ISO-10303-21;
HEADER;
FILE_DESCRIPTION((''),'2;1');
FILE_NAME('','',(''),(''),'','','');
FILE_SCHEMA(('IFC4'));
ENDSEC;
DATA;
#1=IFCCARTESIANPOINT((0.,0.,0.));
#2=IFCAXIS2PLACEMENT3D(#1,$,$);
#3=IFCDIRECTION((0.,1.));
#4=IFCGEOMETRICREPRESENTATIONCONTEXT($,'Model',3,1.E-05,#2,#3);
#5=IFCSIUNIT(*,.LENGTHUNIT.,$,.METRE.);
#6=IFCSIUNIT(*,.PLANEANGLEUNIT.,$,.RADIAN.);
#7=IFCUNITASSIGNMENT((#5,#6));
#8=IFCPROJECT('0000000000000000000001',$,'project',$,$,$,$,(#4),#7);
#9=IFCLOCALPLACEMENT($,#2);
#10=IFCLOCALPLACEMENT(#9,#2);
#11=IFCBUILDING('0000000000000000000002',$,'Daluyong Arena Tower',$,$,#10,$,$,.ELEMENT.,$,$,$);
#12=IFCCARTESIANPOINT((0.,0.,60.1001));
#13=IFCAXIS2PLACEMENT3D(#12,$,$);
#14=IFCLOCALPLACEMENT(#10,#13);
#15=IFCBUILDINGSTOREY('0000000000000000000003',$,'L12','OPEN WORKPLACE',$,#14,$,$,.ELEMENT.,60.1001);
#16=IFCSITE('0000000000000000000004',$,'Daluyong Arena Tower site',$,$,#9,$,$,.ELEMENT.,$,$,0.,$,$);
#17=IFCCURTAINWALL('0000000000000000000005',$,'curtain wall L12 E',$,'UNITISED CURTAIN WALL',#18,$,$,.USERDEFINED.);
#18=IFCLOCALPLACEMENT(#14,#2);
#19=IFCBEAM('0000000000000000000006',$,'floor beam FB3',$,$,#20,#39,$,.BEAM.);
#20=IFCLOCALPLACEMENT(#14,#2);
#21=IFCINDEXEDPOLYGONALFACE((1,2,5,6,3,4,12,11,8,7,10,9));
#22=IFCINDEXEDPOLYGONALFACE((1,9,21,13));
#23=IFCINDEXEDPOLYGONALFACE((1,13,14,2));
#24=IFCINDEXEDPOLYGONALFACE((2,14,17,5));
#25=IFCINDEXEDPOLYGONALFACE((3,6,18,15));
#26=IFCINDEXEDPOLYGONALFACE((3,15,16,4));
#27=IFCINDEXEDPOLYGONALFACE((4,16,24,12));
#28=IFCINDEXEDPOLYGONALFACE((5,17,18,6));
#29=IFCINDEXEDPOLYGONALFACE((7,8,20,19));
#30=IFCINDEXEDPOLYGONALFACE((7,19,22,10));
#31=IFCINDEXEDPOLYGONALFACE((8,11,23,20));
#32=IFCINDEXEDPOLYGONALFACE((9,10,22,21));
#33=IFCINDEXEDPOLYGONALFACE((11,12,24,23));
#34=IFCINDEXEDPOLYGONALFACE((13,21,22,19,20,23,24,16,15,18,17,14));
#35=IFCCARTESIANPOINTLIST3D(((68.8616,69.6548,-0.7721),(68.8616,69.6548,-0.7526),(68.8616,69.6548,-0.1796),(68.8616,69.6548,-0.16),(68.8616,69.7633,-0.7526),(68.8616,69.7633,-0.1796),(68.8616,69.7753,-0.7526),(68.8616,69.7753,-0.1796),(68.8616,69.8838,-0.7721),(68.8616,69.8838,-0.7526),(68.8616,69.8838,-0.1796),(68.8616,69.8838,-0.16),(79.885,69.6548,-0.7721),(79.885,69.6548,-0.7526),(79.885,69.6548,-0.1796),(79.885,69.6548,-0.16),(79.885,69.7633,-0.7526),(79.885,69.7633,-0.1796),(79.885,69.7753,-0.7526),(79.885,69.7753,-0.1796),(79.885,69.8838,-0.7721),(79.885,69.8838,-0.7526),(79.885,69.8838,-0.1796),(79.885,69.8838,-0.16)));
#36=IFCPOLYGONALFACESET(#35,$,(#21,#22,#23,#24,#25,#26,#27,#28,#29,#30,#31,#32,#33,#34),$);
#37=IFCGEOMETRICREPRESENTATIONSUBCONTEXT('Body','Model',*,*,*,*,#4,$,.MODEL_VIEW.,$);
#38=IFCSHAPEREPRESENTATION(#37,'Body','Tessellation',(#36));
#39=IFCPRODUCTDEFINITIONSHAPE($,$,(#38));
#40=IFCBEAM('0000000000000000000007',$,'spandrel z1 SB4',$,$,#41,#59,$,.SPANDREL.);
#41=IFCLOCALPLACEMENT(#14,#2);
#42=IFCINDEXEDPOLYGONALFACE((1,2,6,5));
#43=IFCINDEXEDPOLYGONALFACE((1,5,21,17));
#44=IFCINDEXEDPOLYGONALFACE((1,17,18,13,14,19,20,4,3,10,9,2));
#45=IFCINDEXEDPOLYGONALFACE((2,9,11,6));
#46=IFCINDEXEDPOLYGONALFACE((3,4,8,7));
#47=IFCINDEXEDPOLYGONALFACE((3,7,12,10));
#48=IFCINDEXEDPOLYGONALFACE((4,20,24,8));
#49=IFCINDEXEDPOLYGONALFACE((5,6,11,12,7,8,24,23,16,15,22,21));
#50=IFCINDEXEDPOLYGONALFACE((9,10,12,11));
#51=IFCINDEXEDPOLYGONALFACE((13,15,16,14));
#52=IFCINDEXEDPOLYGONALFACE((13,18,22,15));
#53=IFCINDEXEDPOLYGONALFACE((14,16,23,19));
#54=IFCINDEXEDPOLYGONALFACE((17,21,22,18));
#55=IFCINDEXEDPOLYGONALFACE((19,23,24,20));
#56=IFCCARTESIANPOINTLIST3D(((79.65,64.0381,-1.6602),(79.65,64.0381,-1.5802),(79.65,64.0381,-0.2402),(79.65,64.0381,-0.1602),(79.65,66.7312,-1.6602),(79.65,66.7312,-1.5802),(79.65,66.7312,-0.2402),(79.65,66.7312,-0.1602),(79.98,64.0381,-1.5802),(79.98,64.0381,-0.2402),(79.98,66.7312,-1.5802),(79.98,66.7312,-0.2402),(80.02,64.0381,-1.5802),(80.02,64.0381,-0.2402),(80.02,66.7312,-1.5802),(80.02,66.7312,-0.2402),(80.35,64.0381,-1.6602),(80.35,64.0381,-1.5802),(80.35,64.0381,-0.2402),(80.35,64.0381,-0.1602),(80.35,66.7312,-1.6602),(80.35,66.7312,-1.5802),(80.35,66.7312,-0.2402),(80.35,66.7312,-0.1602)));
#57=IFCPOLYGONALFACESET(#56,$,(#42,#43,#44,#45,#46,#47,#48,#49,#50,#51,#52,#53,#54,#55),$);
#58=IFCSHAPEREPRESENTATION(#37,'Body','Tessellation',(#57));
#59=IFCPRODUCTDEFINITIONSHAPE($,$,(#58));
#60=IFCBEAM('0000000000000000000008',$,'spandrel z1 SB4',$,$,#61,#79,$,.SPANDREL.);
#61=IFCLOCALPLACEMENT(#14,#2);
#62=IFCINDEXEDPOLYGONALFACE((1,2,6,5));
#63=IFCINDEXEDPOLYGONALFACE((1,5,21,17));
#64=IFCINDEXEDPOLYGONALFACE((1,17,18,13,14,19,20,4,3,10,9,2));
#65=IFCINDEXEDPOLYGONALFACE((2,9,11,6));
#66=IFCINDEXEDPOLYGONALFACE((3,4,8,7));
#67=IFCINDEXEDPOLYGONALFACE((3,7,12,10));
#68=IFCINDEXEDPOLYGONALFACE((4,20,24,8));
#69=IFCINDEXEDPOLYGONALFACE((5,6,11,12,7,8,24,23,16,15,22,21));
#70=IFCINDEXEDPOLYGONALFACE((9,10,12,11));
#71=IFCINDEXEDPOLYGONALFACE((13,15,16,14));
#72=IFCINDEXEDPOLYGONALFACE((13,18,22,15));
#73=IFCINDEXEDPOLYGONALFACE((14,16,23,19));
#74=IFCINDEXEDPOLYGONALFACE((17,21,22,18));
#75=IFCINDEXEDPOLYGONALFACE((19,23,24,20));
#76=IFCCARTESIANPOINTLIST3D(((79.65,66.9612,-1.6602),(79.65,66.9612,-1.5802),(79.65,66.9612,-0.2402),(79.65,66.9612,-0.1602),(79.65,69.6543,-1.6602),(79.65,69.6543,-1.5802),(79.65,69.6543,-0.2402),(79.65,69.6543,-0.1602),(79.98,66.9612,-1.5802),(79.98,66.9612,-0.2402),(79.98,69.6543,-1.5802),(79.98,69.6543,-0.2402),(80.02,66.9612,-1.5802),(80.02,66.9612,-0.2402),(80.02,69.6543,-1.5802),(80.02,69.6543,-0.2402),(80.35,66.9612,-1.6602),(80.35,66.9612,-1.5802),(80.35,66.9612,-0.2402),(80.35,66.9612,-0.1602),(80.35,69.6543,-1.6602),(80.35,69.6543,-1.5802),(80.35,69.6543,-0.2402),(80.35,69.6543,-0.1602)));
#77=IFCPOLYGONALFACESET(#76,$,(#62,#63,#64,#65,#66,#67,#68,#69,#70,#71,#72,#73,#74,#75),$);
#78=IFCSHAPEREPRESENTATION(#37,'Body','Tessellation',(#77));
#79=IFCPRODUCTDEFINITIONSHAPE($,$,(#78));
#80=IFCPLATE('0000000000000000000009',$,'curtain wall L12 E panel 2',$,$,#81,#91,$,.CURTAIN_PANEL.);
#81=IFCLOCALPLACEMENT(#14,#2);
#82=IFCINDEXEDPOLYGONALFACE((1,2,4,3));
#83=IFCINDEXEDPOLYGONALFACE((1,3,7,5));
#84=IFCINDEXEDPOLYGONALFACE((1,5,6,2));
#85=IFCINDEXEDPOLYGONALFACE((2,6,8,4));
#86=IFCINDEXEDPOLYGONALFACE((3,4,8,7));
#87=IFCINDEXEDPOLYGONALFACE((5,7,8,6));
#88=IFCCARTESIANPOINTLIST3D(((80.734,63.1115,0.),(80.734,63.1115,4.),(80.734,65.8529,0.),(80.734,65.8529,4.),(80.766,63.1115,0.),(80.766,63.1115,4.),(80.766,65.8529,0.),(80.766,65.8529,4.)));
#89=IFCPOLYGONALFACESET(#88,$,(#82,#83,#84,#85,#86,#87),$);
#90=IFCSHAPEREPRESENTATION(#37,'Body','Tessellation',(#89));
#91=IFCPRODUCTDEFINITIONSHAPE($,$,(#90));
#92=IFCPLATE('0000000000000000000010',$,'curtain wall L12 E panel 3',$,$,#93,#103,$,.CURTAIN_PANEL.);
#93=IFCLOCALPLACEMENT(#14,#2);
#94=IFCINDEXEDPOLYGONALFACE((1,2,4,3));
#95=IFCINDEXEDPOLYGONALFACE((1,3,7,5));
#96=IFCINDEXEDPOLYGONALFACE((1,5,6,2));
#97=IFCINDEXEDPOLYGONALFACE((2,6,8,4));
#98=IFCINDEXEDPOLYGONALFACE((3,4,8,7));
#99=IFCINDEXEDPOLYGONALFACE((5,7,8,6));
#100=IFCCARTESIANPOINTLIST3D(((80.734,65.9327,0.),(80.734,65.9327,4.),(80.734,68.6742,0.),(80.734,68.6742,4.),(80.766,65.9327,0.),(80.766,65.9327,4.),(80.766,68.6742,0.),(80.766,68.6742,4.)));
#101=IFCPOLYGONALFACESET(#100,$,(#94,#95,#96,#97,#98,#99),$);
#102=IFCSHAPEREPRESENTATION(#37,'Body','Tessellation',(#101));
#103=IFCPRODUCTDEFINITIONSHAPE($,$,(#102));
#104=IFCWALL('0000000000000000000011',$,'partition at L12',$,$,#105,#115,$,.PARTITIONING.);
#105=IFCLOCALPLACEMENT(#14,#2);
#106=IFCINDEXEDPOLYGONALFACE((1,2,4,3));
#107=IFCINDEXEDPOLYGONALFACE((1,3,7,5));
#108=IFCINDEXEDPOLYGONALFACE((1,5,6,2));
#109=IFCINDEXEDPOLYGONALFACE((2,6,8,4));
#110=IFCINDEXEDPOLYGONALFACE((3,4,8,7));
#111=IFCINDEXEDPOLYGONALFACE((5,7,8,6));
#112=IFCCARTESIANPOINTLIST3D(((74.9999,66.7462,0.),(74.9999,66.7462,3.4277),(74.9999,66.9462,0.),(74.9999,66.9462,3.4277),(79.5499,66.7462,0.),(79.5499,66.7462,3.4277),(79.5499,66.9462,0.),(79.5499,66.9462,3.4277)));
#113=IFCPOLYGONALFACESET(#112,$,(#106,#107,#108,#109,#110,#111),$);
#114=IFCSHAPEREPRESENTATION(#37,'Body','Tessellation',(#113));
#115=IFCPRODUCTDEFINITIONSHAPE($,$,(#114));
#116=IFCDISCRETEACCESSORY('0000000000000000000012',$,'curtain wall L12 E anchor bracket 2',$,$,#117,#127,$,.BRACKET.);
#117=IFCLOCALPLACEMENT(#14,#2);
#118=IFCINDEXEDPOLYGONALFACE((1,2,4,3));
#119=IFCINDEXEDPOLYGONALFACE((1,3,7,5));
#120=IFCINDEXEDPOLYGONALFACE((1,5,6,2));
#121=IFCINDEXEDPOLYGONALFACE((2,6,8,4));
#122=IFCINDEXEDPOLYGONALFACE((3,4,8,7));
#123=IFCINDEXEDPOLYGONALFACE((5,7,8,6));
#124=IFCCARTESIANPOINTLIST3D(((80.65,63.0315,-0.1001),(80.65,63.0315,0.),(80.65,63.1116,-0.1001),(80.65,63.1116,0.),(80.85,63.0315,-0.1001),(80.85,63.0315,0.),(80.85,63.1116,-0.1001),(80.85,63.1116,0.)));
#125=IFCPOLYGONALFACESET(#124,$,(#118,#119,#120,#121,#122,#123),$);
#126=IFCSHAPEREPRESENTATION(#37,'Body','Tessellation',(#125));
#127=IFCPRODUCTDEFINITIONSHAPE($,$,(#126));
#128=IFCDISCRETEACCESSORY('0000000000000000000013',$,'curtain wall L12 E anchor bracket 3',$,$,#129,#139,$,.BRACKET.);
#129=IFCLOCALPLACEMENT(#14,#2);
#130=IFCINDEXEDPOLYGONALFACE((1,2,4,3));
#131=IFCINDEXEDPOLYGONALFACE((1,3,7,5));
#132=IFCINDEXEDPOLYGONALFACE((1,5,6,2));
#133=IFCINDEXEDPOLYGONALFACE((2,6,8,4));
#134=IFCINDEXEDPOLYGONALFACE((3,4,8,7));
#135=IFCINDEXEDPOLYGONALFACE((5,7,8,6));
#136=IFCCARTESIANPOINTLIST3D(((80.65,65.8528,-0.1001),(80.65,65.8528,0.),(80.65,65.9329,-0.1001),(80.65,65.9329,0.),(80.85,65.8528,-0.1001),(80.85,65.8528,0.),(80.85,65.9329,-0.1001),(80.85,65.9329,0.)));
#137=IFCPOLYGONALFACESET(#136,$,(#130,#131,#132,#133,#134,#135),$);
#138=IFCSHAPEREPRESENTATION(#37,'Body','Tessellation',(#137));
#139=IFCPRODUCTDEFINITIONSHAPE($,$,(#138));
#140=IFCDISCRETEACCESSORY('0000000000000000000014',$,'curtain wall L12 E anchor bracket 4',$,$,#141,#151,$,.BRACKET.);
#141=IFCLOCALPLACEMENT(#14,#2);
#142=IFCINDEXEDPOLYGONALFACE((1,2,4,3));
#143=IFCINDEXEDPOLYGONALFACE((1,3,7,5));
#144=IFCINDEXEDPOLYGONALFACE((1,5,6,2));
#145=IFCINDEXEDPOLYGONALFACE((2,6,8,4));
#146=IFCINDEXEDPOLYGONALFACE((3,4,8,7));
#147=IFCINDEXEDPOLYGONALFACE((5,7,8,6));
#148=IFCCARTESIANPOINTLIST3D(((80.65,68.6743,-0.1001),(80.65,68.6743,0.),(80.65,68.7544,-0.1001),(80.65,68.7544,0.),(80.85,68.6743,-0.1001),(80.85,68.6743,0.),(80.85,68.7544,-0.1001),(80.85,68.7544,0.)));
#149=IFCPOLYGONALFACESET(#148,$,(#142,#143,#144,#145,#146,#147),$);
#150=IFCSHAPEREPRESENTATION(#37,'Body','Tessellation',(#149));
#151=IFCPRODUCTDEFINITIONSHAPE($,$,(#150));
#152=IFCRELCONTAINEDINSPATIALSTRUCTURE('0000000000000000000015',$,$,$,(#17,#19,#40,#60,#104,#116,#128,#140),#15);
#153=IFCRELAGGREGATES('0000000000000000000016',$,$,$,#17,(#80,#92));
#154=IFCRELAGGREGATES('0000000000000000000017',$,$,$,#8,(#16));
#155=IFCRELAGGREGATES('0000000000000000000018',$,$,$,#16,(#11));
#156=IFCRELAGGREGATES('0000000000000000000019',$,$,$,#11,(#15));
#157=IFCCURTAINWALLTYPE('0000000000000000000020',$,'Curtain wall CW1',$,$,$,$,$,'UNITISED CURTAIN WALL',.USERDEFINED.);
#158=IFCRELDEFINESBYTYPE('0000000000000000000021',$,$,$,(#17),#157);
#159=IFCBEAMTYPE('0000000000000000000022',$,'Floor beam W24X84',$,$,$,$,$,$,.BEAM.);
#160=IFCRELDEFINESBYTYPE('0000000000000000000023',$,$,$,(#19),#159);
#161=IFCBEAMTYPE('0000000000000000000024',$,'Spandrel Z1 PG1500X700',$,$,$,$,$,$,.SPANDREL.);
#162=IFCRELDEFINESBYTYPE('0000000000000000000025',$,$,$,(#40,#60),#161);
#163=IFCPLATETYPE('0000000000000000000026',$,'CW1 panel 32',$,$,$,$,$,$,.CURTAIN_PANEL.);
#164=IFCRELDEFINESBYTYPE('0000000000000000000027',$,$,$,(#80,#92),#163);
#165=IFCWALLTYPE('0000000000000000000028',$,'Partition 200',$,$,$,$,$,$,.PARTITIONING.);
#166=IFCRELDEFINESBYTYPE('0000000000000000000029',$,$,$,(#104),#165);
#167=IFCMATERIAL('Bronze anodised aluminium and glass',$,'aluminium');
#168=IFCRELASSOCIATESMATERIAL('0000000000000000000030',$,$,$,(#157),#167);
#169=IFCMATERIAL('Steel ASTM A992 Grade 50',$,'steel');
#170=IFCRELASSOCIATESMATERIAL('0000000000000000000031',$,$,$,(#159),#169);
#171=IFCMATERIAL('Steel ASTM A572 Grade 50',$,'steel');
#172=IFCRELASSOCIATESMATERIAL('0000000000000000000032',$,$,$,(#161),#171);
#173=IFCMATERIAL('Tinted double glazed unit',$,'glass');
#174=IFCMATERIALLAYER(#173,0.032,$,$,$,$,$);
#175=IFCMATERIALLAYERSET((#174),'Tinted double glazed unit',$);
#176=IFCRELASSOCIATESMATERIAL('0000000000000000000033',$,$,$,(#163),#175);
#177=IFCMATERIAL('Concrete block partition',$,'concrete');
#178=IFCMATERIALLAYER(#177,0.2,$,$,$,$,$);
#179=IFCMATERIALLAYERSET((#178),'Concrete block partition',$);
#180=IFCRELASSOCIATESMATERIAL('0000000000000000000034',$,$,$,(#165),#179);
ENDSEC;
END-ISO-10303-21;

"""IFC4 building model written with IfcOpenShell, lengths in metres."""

from ifc_helpers import new_model, si_unit, direction, frame, frame_2d, origin, origin_2d, place, context, subcontext, project, spatial, rectangle, i_section, extrude, material, layer, layer_set, material_profile, profile_set, type_object, element, aggregate, save


model = new_model("IFC4")

# Units and contexts
model_context = context("Model", 3, precision=1e-05, world=origin(), true_north=direction((0.0, 1.0)))
body_context = subcontext(model_context, "Body", "Model", "MODEL_VIEW")
ifc_project = project(units=[si_unit("LENGTHUNIT", "METRE"), si_unit("PLANEANGLEUNIT", "RADIAN")], contexts=[model_context])

# Site, building, storey
site_placement = place(None, origin())
site = spatial("IfcSite", under=ifc_project, at=site_placement, Name="Daluyong Arena Tower site", CompositionType="ELEMENT", RefElevation=0.0)
building_placement = place(site_placement, origin())
building = spatial("IfcBuilding", under=site, at=building_placement, Name="Daluyong Arena Tower", CompositionType="ELEMENT")
storey_placement = place(building_placement, frame((0.0, 0.0, 60.1001)))
storey = spatial("IfcBuildingStorey", under=building, at=storey_placement, Name="L12", Description="OPEN WORKPLACE", CompositionType="ELEMENT", Elevation=60.1001)

# Curtain wall
ifc_material_1 = material(Name="Bronze anodised aluminium and glass", Category="aluminium")
curtain_wall_type = type_object("IfcCurtainWallType", Name="Curtain wall CW1", ElementType="UNITISED CURTAIN WALL", PredefinedType="USERDEFINED", material=ifc_material_1)
curtain_wall_placement = place(storey_placement, origin())
curtain_wall = element("IfcCurtainWall", 1, at=curtain_wall_placement, inside=storey, type_object=curtain_wall_type, Name="curtain wall L12 E", ObjectType="UNITISED CURTAIN WALL", PredefinedType="USERDEFINED")

# Beams
ifc_material_2 = material(Name="Steel ASTM A992 Grade 50", Category="steel")
ifc_material_profile_1 = material_profile(ifc_material_2, i_section(OverallWidth=0.229, OverallDepth=0.6121, WebThickness=0.012, FlangeThickness=0.0195, at=origin_2d()))
ifc_profile_set_1 = profile_set([ifc_material_profile_1], Name="Steel ASTM A992 Grade 50")
beam_type_1 = type_object("IfcBeamType", Name="Floor beam W24X84", PredefinedType="BEAM", material=ifc_profile_set_1)
beam_1_placement = place(storey_placement, frame((79.885, 69.7693, -0.4661), z_axis=(-1.0, 0.0, 0.0), x_axis=(0.0, -1.0, 0.0)))
element("IfcBeam", 2, at=beam_1_placement, inside=storey, type_object=beam_type_1, Name="floor beam FB3", PredefinedType="BEAM", context=body_context, shape_type="SweptSolid", body=[
    extrude(i_section(OverallWidth=0.229, OverallDepth=0.6121, WebThickness=0.012, FlangeThickness=0.0195, at=origin_2d()), origin(), (0.0, 0.0, 1.0), 11.0234),
])
ifc_material_3 = material(Name="Steel ASTM A572 Grade 50", Category="steel")
ifc_material_profile_2 = material_profile(ifc_material_3, i_section(OverallWidth=0.7, OverallDepth=1.5, WebThickness=0.04, FlangeThickness=0.08, at=origin_2d()))
ifc_profile_set_2 = profile_set([ifc_material_profile_2], Name="Steel ASTM A572 Grade 50")
beam_type_2 = type_object("IfcBeamType", Name="Spandrel Z1 PG1500X700", PredefinedType="SPANDREL", material=ifc_profile_set_2)
for number, where, z_axis, x_axis, name in (
    (3, (80.0, 64.0381, -0.9102), (0.0, 1.0, 0.0), (-1.0, 0.0, 0.0), "spandrel z1 SB4"),
    (4, (80.0, 66.9612, -0.9102), (0.0, 1.0, 0.0), (-1.0, 0.0, 0.0), "spandrel z1 SB4"),
):
    element("IfcBeam", number, at=place(storey_placement, frame(where, z_axis=z_axis, x_axis=x_axis)), inside=storey, type_object=beam_type_2, Name=name, PredefinedType="SPANDREL", context=body_context, shape_type="SweptSolid", body=[
        extrude(i_section(OverallWidth=0.7, OverallDepth=1.5, WebThickness=0.04, FlangeThickness=0.08, at=origin_2d()), origin(), (0.0, 0.0, 1.0), 2.6931),
    ])

# Plates
ifc_material_4 = material(Name="Tinted double glazed unit", Category="glass")
ifc_layer_1 = layer(ifc_material_4, 0.032)
ifc_layer_set_1 = layer_set([ifc_layer_1], Name="Tinted double glazed unit")
plate_type = type_object("IfcPlateType", Name="CW1 panel 32", PredefinedType="CURTAIN_PANEL", material=ifc_layer_set_1)
plate_1_placement = place(storey_placement, frame((80.75, 64.4822, 0.0), z_axis=(0.0, 0.0, 1.0), x_axis=(0.0, 1.0, 0.0)))
plate_1 = element("IfcPlate", 5, at=plate_1_placement, type_object=plate_type, Name="curtain wall L12 E panel 2", PredefinedType="CURTAIN_PANEL", context=body_context, shape_type="SweptSolid", body=[
    extrude(rectangle(XDim=2.7415, YDim=0.032, at=origin_2d()), origin(), (0.0, 0.0, 1.0), 4.0),
])
plate_2_placement = place(storey_placement, frame((80.75, 67.3035, 0.0), z_axis=(0.0, 0.0, 1.0), x_axis=(0.0, 1.0, 0.0)))
plate_2 = element("IfcPlate", 6, at=plate_2_placement, type_object=plate_type, Name="curtain wall L12 E panel 3", PredefinedType="CURTAIN_PANEL", context=body_context, shape_type="SweptSolid", body=[
    extrude(rectangle(XDim=2.7415, YDim=0.032, at=origin_2d()), origin(), (0.0, 0.0, 1.0), 4.0),
])
aggregate(curtain_wall, [plate_1, plate_2])

# Wall
ifc_material_5 = material(Name="Concrete block partition", Category="concrete")
ifc_layer_2 = layer(ifc_material_5, 0.2)
ifc_layer_set_2 = layer_set([ifc_layer_2], Name="Concrete block partition")
wall_type = type_object("IfcWallType", Name="Partition 200", PredefinedType="PARTITIONING", material=ifc_layer_set_2)
wall_placement = place(storey_placement, frame((75.0, 66.8462, 0.0), z_axis=(0.0, 0.0, 1.0), x_axis=(1.0, 0.0, 0.0)))
element("IfcWall", 7, at=wall_placement, inside=storey, type_object=wall_type, Name="partition at L12", PredefinedType="PARTITIONING", context=body_context, shape_type="SweptSolid", body=[
    extrude(rectangle(XDim=4.55, YDim=0.2, at=frame_2d((2.2749, 0.0))), origin(), (0.0, 0.0, 1.0), 3.4277),
])

# Discrete accessories
for number, where, z_axis, x_axis, name in (
    (8, (80.75, 63.0715, -0.1001), (0.0, 0.0, 1.0), (0.0, 1.0, 0.0), "curtain wall L12 E anchor bracket 2"),
    (9, (80.75, 65.8928, -0.1001), (0.0, 0.0, 1.0), (0.0, 1.0, 0.0), "curtain wall L12 E anchor bracket 3"),
    (10, (80.75, 68.7144, -0.1001), (0.0, 0.0, 1.0), (0.0, 1.0, 0.0), "curtain wall L12 E anchor bracket 4"),
):
    element("IfcDiscreteAccessory", number, at=place(storey_placement, frame(where, z_axis=z_axis, x_axis=x_axis)), inside=storey, Name=name, PredefinedType="BRACKET", context=body_context, shape_type="SweptSolid", body=[
        extrude(rectangle(XDim=0.0801, YDim=0.2, at=origin_2d()), origin(), (0.0, 0.0, 1.0), 0.1001),
    ])

save(model, "model.ifc")
